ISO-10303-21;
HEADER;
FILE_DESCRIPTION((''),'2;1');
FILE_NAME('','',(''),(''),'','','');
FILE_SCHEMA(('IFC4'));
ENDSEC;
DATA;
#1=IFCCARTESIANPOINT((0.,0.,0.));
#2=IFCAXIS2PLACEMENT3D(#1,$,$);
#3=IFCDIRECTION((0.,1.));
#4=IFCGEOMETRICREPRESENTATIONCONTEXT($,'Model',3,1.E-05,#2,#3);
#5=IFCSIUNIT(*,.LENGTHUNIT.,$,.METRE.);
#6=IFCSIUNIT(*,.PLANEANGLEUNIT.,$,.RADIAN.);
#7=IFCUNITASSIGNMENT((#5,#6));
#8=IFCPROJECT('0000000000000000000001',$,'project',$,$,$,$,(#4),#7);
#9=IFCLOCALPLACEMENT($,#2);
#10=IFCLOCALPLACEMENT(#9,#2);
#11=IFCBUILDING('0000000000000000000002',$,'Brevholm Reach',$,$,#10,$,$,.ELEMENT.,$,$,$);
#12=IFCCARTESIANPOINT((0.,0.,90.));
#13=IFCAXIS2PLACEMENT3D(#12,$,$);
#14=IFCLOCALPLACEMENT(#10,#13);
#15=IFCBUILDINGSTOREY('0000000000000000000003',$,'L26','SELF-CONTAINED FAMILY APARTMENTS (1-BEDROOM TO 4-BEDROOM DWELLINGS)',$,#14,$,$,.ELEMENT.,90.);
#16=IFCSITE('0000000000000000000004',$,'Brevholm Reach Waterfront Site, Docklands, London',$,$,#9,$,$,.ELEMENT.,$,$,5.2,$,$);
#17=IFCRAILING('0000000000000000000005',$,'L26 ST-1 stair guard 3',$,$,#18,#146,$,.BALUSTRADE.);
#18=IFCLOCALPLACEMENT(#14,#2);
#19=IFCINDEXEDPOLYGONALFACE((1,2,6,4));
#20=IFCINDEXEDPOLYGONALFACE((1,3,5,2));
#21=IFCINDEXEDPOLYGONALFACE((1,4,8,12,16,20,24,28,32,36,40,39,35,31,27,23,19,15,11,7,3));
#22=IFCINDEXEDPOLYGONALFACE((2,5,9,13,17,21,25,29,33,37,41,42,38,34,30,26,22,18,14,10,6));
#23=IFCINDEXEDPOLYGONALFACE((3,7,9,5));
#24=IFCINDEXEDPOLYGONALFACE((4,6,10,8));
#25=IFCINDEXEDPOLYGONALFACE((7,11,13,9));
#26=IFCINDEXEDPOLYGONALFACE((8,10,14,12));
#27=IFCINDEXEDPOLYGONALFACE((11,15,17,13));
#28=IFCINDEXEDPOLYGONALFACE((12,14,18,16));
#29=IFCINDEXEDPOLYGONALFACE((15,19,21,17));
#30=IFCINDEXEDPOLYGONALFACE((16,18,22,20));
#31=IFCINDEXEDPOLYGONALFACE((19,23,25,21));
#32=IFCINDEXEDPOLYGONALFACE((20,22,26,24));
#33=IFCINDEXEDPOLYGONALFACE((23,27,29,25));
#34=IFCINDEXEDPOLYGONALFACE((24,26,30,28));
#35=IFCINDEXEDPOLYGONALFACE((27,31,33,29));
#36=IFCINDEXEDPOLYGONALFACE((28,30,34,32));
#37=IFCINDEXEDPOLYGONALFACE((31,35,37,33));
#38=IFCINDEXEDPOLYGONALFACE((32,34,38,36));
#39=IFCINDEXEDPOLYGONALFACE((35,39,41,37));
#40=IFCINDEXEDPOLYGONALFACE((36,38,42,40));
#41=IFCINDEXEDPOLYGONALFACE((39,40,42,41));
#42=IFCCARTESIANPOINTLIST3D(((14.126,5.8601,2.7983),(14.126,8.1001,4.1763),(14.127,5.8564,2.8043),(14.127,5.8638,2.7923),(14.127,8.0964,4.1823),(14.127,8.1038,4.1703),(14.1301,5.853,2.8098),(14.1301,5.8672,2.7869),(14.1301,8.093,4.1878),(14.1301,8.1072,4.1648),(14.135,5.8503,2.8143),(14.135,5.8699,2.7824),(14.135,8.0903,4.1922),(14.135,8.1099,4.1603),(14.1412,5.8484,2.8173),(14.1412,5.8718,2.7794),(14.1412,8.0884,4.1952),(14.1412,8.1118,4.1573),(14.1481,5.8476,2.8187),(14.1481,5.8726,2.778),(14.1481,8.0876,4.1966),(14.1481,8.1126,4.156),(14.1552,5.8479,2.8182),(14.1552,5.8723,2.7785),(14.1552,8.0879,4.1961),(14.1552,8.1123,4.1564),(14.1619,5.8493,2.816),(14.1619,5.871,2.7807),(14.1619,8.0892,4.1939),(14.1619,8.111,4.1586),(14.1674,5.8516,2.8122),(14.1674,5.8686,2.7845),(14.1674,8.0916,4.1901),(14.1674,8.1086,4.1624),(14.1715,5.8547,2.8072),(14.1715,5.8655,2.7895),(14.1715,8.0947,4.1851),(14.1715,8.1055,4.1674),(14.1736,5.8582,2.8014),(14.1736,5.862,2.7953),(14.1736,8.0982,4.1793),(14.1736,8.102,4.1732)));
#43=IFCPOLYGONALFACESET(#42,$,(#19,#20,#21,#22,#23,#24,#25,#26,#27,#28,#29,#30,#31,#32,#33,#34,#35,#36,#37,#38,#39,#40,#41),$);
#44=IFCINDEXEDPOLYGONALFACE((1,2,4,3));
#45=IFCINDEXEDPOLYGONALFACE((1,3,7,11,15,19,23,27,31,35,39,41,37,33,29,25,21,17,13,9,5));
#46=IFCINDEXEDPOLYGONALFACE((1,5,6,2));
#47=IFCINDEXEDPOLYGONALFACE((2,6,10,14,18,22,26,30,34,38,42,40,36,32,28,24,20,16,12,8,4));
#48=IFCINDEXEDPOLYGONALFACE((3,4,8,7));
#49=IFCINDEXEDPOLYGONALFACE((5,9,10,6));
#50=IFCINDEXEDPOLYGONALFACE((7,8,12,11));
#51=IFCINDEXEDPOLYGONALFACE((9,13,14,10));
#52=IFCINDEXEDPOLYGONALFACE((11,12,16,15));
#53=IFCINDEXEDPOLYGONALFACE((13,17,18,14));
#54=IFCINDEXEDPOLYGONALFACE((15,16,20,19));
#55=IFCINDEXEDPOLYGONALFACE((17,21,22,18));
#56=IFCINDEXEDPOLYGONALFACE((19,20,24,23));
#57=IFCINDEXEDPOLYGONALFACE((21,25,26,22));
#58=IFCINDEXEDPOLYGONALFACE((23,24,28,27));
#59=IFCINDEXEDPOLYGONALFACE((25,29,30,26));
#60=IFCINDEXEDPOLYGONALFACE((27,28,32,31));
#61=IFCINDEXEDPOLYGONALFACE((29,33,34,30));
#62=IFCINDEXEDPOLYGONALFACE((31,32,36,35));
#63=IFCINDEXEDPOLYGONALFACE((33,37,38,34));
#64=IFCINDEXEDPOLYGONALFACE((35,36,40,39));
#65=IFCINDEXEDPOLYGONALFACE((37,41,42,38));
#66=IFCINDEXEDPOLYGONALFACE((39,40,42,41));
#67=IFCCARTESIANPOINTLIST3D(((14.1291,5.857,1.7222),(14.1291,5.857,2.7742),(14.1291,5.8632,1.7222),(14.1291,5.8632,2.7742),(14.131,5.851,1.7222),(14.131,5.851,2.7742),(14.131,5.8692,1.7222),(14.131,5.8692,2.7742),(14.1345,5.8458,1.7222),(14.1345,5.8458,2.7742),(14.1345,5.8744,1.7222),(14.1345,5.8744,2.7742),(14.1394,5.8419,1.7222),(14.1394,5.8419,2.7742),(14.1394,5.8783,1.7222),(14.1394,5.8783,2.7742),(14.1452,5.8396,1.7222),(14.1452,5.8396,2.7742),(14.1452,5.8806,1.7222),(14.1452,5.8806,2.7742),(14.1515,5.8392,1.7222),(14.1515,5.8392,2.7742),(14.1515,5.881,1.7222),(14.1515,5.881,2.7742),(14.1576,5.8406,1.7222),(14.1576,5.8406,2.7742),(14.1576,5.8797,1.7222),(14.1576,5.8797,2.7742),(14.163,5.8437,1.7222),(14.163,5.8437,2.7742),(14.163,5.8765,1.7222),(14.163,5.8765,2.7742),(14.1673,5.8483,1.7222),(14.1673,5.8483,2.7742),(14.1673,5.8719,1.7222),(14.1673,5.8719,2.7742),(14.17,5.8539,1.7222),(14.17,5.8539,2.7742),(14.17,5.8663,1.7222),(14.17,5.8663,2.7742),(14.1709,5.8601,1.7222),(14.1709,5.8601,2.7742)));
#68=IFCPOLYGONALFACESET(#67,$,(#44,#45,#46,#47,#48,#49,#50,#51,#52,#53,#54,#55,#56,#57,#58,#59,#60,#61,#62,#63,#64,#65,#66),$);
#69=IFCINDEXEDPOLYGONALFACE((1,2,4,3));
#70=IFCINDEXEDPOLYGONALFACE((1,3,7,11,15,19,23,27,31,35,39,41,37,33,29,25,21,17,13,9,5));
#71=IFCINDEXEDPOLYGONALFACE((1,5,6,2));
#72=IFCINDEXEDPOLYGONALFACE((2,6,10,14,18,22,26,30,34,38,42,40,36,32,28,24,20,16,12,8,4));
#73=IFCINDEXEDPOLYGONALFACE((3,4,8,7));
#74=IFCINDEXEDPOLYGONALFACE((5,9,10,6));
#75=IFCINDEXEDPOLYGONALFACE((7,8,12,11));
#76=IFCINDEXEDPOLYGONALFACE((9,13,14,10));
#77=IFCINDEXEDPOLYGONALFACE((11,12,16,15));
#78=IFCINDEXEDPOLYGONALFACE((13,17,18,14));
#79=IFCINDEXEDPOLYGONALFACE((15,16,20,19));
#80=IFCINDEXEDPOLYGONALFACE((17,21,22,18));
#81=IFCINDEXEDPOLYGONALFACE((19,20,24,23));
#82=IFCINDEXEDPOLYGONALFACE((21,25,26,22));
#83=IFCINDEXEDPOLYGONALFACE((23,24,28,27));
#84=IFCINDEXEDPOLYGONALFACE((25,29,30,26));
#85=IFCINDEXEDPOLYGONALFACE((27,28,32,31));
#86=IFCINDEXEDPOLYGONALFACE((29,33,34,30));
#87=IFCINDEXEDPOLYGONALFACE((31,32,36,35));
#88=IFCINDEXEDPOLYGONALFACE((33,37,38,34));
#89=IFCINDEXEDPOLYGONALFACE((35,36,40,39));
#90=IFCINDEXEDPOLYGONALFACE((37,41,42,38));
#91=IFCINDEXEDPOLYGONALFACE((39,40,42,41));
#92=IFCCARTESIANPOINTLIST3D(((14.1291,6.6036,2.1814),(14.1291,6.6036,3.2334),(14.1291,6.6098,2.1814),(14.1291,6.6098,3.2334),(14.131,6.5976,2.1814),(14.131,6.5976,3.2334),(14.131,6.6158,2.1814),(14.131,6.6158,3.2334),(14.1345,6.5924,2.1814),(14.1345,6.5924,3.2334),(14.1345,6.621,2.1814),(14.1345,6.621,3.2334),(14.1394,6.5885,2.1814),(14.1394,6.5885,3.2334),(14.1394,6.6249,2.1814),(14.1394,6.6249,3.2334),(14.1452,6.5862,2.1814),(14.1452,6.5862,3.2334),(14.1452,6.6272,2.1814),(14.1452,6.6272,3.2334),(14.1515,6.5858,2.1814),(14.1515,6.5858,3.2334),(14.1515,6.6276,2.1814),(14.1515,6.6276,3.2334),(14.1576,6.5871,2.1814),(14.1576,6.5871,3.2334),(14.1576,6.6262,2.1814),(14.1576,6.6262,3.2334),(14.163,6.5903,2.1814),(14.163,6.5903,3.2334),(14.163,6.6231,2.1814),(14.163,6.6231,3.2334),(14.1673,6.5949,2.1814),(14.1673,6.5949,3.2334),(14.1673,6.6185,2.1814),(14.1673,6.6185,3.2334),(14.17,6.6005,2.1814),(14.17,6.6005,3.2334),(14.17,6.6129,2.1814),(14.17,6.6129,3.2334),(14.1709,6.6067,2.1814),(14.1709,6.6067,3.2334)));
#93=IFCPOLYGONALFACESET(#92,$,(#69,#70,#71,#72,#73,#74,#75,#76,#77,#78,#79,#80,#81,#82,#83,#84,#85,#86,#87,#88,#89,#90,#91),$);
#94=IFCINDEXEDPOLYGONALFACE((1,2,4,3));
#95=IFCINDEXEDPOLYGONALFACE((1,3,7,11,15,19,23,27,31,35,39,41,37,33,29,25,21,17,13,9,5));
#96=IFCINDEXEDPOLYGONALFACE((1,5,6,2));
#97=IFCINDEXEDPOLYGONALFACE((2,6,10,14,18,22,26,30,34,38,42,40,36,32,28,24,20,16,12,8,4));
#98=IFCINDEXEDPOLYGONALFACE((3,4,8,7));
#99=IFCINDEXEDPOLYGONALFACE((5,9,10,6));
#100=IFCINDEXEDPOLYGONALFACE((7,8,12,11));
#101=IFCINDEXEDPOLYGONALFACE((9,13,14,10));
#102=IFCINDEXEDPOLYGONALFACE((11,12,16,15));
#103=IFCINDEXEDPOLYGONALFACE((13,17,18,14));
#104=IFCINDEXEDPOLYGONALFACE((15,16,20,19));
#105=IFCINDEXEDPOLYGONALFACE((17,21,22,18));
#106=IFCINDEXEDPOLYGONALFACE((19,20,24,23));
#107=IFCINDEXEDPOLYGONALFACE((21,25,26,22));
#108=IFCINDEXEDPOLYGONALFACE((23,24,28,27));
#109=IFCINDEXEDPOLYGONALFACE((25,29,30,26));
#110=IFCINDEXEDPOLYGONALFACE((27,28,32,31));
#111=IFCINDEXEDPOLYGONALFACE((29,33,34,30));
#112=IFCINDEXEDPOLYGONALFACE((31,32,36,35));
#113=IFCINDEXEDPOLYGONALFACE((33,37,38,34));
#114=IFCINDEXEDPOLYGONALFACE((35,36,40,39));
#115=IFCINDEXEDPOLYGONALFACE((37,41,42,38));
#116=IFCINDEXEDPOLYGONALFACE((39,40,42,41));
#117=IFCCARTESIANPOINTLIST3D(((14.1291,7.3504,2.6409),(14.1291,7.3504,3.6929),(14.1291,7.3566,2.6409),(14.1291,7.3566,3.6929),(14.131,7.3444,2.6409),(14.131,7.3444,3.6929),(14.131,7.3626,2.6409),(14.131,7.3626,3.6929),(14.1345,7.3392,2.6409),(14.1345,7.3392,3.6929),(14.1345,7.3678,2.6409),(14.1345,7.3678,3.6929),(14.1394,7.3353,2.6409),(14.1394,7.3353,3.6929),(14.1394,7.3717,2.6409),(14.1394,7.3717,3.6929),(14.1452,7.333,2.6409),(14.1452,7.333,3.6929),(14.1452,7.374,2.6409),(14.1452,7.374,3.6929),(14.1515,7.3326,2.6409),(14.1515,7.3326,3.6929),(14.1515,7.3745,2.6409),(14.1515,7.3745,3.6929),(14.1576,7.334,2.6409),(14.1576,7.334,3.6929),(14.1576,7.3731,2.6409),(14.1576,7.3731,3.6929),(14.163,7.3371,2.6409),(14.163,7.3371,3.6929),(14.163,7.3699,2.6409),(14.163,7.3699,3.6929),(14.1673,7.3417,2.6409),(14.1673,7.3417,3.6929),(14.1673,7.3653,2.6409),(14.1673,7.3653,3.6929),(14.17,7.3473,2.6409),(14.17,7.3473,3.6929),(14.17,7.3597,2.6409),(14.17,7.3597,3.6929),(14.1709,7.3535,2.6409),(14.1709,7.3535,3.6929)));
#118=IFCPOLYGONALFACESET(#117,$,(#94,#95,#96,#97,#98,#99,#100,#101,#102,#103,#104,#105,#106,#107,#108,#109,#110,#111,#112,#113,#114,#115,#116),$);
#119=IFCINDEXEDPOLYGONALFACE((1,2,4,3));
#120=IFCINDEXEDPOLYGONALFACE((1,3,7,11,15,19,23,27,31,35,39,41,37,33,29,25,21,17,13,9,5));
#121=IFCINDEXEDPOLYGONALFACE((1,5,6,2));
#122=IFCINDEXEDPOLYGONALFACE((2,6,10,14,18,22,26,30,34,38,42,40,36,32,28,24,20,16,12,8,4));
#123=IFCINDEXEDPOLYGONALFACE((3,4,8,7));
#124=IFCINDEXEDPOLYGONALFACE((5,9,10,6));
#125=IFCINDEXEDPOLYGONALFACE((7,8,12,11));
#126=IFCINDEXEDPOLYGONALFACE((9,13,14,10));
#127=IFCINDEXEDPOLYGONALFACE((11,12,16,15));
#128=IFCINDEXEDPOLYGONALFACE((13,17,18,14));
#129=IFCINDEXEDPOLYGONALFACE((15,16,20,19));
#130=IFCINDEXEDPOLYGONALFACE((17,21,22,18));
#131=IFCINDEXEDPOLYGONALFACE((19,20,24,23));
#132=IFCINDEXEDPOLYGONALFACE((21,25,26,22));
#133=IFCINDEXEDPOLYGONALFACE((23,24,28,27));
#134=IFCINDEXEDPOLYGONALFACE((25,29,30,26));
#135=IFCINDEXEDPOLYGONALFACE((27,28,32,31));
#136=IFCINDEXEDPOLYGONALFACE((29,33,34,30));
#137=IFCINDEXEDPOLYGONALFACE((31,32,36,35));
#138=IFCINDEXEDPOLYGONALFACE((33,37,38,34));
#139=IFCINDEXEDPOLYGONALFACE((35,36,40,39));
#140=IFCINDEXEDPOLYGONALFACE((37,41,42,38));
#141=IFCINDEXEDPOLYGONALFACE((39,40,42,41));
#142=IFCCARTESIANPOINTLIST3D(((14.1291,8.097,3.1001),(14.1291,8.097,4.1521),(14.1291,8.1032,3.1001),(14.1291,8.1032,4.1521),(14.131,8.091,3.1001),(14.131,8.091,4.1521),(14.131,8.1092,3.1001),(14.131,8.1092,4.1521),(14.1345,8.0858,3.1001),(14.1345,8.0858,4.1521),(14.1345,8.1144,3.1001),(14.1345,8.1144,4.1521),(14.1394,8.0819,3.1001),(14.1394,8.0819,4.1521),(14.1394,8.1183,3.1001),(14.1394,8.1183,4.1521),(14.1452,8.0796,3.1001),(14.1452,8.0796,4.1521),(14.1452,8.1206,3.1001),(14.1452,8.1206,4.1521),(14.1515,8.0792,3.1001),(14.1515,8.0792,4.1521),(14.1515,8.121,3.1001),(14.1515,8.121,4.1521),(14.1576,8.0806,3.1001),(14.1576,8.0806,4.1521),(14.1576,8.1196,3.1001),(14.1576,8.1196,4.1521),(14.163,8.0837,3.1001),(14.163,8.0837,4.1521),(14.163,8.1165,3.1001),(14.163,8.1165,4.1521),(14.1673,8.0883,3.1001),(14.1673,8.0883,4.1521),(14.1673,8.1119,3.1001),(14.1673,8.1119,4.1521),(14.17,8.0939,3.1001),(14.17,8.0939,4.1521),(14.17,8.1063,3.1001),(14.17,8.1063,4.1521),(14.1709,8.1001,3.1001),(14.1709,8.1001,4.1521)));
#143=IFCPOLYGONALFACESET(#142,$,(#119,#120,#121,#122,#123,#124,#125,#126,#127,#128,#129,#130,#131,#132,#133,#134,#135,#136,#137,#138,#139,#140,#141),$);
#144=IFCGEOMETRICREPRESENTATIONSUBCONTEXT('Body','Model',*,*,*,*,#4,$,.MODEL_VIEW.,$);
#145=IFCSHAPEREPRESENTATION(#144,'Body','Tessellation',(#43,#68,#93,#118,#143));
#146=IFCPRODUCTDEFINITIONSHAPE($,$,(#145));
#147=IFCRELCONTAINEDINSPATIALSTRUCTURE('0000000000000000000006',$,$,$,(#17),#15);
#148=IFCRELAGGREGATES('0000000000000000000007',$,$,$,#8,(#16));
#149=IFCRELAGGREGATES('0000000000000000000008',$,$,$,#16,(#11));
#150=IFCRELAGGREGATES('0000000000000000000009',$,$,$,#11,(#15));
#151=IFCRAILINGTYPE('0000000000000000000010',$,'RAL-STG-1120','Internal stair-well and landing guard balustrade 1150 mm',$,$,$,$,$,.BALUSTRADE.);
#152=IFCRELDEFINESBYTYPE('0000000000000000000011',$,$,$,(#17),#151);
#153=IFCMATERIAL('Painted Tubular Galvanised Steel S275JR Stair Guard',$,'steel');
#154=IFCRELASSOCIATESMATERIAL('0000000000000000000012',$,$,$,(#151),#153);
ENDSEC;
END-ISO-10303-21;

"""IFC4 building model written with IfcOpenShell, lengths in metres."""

from ifc_helpers import new_model, si_unit, direction, frame, origin, origin_2d, place, context, subcontext, project, spatial, circle, extrude, material, type_object, element, save


model = new_model("IFC4")

# Units and contexts
model_context = context("Model", 3, precision=1e-05, world=origin(), true_north=direction((0.0, 1.0)))
body_context = subcontext(model_context, "Body", "Model", "MODEL_VIEW")
ifc_project = project(units=[si_unit("LENGTHUNIT", "METRE"), si_unit("PLANEANGLEUNIT", "RADIAN")], contexts=[model_context])

# Site, building, storey
site_placement = place(None, origin())
site = spatial("IfcSite", under=ifc_project, at=site_placement, Name="Brevholm Reach Waterfront Site, Docklands, London", CompositionType="ELEMENT", RefElevation=5.2)
building_placement = place(site_placement, origin())
building = spatial("IfcBuilding", under=site, at=building_placement, Name="Brevholm Reach", CompositionType="ELEMENT")
storey_placement = place(building_placement, frame((0.0, 0.0, 90.0)))
storey = spatial("IfcBuildingStorey", under=building, at=storey_placement, Name="L26", Description="SELF-CONTAINED FAMILY APARTMENTS (1-BEDROOM TO 4-BEDROOM DWELLINGS)", CompositionType="ELEMENT", Elevation=90.0)

# Railing
ifc_material_1 = material(Name="Painted Tubular Galvanised Steel S275JR Stair Guard", Category="steel")
railing_type_1 = type_object("IfcRailingType", Name="RAL-STG-1120", Description="Internal stair-well and landing guard balustrade 1150 mm", PredefinedType="BALUSTRADE", material=ifc_material_1)
railing_1_placement = place(storey_placement, frame((14.1499, 5.8601, 1.7222)))
element("IfcRailing", 1, at=railing_1_placement, inside=storey, type_object=railing_type_1, Name="L26 ST-1 stair guard 3", PredefinedType="BALUSTRADE", context=body_context, shape_type="SweptSolid", body=[
    extrude(circle(Radius=0.0239, at=origin_2d()), frame((0.0, 0.0, 1.0762), z_axis=(0.0, 0.851748, 0.523952), x_axis=(-1.0, 0.0, 0.0)), (0.0, 0.0, 1.0), 2.6299),
    extrude(circle(Radius=0.021, at=origin_2d()), origin(), (0.0, 0.0, 1.0), 1.052),
    extrude(circle(Radius=0.021, at=origin_2d()), frame((0.0, 0.7466, 0.4592)), (0.0, 0.0, 1.0), 1.052),
    extrude(circle(Radius=0.021, at=origin_2d()), frame((0.0, 1.4934, 0.9187)), (0.0, 0.0, 1.0), 1.052),
    extrude(circle(Radius=0.021, at=origin_2d()), frame((0.0, 2.24, 1.3779)), (0.0, 0.0, 1.0), 1.052),
])

save(model, "model.ifc")
